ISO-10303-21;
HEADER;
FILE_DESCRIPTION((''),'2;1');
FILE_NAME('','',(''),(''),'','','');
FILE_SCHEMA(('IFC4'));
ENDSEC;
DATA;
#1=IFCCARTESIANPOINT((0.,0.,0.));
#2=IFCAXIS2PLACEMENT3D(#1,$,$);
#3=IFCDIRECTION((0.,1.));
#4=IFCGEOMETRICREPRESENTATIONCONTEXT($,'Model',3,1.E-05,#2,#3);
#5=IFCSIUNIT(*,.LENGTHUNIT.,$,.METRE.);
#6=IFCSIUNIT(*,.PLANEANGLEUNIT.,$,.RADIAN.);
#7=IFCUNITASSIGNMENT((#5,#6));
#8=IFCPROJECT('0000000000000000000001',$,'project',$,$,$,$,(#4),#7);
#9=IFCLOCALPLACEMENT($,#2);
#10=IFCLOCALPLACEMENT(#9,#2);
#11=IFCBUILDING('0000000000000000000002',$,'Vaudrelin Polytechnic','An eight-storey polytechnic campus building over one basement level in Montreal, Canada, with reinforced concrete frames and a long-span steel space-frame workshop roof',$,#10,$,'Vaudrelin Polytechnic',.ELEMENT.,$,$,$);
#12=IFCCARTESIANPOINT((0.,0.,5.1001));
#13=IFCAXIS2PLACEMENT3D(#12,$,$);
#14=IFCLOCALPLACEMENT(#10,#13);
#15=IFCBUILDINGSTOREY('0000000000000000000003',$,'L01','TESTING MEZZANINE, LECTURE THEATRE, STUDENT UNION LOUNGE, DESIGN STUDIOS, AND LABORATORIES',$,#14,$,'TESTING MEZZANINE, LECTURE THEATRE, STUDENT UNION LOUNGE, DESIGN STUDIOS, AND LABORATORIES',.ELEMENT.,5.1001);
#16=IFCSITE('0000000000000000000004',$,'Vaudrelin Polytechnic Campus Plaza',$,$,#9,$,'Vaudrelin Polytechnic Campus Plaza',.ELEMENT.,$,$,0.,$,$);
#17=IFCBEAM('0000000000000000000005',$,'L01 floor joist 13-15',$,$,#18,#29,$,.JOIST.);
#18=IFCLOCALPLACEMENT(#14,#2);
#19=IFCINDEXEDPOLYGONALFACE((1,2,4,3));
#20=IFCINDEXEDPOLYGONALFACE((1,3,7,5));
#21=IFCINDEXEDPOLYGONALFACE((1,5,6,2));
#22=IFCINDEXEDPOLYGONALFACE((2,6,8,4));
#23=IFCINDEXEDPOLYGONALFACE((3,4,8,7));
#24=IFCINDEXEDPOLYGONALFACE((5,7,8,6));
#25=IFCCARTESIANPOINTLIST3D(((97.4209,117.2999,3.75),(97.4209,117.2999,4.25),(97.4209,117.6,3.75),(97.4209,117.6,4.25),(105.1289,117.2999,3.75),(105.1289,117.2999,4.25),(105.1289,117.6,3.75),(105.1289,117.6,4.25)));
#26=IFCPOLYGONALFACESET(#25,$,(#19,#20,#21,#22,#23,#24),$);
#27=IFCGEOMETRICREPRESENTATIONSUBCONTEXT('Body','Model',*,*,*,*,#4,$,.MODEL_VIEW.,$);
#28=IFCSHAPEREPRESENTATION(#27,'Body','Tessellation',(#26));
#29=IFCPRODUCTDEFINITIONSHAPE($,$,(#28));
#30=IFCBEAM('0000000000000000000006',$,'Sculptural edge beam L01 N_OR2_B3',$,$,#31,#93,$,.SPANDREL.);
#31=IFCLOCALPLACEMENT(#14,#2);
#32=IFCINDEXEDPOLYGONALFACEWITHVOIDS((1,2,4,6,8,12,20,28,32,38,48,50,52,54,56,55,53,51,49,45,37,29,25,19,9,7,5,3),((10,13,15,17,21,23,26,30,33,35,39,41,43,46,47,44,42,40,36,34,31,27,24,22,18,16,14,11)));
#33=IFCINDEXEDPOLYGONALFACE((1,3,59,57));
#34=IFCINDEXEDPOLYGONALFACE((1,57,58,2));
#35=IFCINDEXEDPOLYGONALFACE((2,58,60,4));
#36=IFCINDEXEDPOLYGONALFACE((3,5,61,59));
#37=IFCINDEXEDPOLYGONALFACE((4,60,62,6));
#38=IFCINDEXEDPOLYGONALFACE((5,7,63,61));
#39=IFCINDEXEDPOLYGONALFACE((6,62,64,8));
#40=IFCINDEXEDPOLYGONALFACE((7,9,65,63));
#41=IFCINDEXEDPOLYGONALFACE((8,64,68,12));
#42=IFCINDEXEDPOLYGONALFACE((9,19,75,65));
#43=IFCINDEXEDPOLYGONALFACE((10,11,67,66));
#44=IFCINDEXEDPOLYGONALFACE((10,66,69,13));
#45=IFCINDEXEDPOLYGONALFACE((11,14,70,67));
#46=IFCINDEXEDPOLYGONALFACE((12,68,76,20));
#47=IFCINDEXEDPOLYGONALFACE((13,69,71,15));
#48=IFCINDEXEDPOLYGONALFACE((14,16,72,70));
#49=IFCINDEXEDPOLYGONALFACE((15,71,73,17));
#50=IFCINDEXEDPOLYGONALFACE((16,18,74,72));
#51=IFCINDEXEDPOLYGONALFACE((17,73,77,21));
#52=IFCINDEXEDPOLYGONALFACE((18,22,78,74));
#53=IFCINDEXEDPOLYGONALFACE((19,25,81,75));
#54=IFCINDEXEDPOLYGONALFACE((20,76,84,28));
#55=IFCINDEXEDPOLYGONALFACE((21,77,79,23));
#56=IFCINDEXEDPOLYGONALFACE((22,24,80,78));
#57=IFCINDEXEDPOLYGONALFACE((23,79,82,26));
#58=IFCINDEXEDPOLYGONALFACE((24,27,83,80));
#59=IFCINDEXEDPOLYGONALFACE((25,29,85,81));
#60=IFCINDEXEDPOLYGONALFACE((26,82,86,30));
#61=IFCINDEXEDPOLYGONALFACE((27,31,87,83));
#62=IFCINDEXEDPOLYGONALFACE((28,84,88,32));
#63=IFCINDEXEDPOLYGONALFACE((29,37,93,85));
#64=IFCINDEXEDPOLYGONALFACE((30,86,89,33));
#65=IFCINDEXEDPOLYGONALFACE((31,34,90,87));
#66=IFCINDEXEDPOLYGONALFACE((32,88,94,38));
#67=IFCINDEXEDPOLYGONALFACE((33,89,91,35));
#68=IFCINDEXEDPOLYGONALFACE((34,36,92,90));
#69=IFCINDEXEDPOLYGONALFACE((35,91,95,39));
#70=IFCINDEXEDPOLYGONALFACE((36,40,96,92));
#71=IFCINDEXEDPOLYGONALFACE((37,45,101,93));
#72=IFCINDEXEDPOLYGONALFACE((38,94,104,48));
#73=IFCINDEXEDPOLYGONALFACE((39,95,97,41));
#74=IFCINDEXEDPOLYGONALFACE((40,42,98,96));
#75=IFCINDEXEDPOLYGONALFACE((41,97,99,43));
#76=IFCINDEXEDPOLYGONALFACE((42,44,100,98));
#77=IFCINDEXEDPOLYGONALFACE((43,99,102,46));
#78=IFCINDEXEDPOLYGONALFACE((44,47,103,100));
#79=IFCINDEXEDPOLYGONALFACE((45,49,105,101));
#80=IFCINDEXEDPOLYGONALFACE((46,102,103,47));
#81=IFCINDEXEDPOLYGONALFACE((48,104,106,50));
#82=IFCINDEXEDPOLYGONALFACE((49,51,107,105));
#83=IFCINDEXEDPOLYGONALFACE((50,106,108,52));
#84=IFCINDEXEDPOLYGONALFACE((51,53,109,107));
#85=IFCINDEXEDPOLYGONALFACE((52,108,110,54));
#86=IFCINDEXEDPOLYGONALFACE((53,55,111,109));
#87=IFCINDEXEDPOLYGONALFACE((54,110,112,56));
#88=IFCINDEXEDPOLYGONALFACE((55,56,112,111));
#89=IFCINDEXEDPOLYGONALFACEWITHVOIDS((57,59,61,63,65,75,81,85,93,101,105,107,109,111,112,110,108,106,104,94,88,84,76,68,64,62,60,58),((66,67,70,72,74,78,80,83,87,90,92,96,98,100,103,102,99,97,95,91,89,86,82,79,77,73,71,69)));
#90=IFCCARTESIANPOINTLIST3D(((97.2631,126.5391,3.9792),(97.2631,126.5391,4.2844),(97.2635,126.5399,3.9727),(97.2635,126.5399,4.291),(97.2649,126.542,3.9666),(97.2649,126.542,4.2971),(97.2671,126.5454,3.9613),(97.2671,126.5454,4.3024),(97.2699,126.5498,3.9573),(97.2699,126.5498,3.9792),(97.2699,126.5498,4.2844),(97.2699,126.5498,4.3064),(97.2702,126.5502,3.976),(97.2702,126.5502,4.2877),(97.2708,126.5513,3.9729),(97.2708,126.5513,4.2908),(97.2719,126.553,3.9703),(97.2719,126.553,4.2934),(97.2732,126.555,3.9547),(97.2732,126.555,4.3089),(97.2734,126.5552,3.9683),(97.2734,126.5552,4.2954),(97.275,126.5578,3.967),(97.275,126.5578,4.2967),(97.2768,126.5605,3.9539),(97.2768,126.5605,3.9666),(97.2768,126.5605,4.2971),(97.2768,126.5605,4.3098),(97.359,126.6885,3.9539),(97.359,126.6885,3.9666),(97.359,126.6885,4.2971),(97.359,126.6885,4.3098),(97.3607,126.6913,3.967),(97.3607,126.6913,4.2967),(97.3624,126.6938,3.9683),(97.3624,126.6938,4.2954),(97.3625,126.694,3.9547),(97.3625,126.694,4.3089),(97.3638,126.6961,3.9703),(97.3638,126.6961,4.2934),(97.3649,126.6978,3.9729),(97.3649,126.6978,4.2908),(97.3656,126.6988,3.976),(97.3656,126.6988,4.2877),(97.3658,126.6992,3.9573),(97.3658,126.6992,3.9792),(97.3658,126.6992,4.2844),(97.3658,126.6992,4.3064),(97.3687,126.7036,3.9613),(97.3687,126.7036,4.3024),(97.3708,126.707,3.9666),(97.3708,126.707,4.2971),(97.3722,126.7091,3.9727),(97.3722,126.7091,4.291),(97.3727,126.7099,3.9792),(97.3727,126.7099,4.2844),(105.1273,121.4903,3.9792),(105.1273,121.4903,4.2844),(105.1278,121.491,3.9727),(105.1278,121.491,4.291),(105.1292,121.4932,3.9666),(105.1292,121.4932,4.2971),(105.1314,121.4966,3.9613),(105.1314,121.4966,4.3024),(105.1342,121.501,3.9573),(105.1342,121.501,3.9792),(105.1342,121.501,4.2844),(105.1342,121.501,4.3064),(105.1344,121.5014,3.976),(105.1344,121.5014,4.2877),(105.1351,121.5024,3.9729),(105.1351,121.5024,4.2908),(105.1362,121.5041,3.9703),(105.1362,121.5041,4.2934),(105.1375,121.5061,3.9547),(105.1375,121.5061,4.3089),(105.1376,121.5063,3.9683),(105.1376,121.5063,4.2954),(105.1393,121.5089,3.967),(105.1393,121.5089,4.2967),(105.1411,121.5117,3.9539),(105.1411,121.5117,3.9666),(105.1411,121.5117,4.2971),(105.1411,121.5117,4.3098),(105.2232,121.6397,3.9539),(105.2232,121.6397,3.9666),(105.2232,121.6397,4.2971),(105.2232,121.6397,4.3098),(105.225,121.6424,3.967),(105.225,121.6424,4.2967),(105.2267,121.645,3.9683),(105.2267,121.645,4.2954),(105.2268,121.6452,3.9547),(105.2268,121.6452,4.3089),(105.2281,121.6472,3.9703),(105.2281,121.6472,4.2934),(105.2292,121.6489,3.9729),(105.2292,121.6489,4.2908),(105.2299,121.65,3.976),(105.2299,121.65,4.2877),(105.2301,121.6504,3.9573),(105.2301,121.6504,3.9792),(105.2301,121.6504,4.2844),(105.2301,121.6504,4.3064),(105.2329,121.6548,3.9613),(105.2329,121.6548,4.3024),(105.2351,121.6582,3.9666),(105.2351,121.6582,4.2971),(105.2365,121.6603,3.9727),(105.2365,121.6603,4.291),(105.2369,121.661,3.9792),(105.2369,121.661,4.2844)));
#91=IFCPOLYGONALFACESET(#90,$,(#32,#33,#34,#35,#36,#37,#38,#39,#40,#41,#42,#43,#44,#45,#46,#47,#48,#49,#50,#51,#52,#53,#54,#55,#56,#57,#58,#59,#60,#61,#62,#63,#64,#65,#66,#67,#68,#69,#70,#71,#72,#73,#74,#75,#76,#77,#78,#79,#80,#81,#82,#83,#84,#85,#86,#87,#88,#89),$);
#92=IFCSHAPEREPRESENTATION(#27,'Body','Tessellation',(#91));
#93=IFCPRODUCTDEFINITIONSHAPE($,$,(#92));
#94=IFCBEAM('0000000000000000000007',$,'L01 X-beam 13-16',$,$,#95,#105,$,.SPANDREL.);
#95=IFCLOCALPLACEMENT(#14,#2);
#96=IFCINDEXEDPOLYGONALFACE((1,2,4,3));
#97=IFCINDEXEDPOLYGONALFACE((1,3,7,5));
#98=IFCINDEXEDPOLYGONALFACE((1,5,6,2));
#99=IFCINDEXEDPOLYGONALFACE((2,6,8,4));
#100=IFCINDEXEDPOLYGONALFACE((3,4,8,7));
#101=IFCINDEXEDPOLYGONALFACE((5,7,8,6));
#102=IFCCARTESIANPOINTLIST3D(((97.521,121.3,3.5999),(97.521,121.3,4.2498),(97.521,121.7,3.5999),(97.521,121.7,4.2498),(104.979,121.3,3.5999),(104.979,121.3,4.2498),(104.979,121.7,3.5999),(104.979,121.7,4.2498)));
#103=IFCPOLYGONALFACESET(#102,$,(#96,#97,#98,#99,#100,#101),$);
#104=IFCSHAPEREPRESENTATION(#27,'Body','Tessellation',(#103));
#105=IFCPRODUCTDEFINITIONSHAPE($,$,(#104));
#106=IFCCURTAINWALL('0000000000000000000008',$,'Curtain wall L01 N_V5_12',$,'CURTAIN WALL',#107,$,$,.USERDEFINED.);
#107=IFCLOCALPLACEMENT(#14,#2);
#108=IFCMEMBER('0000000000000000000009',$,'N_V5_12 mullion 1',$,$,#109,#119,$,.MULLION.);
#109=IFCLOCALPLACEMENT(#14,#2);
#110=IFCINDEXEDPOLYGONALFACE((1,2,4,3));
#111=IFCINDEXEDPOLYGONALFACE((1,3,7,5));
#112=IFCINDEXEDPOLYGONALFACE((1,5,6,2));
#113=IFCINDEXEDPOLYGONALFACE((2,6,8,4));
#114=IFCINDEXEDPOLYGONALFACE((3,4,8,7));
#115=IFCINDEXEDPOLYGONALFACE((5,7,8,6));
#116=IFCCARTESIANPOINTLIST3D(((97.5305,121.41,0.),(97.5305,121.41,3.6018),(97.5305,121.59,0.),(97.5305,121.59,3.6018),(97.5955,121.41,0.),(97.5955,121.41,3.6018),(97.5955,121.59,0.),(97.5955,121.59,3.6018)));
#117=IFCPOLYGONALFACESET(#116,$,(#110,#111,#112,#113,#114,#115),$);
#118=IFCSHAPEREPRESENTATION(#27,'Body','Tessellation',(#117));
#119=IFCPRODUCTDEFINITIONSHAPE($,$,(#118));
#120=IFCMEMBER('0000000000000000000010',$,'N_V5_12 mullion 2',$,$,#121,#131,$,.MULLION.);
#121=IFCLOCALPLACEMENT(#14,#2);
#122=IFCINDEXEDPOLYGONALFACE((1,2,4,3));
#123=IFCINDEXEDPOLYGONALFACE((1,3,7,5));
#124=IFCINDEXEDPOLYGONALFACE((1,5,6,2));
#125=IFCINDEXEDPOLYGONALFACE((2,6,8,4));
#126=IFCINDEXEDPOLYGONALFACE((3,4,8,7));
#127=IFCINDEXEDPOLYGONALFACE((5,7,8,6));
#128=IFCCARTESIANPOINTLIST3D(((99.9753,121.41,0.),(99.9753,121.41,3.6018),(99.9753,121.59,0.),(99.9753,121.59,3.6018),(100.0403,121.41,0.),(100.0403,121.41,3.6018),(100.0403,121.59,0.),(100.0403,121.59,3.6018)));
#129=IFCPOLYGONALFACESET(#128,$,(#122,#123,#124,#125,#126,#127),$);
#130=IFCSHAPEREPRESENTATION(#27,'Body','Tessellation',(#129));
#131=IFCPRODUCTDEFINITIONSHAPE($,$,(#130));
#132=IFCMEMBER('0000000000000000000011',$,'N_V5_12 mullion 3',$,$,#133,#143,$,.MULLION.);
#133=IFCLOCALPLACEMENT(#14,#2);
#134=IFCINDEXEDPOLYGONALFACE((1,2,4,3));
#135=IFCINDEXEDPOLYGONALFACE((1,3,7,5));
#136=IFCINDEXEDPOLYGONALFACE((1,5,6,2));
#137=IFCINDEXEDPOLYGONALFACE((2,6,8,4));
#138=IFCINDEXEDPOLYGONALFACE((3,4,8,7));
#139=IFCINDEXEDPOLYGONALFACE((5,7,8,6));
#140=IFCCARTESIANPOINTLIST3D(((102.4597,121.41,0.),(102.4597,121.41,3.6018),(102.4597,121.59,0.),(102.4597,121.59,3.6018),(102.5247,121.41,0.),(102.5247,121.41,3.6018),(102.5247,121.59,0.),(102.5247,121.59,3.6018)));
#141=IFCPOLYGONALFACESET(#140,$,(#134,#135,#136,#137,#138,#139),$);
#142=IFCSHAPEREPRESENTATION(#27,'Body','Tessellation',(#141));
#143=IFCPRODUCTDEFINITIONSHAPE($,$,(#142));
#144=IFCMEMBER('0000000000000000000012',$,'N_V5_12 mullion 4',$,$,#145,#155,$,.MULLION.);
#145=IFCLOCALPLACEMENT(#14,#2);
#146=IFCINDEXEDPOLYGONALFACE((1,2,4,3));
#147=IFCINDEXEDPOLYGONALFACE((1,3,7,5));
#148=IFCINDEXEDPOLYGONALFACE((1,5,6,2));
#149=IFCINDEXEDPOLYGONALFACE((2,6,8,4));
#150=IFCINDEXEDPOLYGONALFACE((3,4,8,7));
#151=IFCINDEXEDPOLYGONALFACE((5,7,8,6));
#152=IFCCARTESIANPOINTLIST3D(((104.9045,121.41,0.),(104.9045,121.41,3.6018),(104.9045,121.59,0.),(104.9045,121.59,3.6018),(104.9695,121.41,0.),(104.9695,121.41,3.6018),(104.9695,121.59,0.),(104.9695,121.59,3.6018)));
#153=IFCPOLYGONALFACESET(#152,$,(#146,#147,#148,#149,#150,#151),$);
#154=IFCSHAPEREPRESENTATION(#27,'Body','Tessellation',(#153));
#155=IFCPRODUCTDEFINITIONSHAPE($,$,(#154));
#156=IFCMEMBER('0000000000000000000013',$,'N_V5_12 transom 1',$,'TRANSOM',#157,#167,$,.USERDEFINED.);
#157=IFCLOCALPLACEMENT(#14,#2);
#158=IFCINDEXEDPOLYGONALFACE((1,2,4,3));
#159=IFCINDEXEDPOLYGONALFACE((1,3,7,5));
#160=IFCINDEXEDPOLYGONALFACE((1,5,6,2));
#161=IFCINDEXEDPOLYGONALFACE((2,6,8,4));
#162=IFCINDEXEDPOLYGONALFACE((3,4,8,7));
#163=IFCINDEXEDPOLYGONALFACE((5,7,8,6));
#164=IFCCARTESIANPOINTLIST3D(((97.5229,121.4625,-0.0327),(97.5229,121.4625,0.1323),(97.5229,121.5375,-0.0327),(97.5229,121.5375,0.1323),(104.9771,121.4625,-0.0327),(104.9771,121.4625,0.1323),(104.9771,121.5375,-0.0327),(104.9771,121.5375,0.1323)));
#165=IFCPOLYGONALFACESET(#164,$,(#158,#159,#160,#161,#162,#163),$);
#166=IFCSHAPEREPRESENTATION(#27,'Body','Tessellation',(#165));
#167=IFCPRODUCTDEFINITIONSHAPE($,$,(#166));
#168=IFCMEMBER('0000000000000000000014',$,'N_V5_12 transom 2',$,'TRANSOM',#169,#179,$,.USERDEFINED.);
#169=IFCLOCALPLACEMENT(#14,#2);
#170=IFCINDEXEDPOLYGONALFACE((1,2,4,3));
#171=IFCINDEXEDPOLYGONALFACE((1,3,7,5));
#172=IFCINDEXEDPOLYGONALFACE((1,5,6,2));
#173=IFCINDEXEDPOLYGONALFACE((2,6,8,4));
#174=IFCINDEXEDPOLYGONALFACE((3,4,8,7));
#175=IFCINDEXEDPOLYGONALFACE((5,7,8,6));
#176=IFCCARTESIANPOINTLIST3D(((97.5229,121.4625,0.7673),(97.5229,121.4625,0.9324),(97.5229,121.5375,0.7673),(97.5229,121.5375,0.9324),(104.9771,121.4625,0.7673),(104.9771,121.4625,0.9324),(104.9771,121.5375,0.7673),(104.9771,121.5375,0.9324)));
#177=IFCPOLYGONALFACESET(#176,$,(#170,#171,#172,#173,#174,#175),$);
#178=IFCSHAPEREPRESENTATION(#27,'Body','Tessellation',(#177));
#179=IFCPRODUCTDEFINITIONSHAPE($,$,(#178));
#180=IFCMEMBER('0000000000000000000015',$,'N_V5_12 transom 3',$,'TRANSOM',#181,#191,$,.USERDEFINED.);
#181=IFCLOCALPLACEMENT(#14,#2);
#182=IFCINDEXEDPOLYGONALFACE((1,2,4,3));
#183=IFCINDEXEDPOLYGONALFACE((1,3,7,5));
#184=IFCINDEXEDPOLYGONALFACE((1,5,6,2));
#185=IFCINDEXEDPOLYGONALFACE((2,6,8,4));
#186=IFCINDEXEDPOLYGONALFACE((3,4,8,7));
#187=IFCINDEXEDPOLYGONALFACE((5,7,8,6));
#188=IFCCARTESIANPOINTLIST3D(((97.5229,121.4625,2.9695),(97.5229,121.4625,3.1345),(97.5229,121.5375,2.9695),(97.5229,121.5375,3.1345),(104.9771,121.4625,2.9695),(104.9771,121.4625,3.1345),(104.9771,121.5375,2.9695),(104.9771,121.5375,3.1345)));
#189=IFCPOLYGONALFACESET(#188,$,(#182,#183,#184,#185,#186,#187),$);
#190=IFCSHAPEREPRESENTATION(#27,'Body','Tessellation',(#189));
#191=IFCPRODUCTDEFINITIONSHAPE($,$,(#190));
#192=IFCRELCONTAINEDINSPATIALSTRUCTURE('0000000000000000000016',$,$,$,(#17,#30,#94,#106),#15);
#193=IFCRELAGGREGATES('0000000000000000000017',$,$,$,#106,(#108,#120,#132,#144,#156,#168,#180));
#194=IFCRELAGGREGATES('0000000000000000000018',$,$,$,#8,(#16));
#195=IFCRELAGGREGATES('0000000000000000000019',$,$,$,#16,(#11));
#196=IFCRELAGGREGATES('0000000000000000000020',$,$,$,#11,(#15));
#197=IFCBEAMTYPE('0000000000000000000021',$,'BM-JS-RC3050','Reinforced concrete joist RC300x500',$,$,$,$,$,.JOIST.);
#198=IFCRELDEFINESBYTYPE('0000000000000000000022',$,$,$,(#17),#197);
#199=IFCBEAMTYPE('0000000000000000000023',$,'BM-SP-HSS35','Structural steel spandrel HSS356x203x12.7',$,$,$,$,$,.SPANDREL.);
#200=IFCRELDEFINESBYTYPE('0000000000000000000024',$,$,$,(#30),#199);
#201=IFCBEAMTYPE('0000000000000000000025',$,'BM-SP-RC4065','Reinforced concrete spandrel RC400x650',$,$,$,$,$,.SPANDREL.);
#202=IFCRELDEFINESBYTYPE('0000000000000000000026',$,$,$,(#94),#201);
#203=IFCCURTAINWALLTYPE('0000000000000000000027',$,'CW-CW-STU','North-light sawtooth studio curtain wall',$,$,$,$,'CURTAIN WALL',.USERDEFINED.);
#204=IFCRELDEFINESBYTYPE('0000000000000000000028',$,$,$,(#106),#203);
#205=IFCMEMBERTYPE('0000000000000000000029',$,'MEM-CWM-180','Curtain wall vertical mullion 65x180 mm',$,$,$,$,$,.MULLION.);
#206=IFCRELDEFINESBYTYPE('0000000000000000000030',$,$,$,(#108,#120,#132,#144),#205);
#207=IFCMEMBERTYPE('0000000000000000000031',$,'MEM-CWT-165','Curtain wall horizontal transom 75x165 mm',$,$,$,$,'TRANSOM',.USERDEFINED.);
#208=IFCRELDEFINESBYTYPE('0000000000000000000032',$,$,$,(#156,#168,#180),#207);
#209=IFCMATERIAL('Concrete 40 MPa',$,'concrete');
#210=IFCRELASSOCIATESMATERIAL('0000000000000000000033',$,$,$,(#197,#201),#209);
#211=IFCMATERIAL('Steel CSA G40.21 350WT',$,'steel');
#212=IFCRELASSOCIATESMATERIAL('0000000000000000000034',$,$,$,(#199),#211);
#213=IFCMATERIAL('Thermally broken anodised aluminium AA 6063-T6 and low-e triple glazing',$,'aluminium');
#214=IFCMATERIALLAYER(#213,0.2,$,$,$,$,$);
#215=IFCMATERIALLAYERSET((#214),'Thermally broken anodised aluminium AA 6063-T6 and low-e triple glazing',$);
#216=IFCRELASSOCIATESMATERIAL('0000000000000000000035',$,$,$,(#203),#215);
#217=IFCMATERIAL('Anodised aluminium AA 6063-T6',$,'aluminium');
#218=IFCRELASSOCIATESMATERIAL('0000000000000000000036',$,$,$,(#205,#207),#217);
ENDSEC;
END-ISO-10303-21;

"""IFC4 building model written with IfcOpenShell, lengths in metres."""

from ifc_helpers import new_model, si_unit, direction, frame, origin, origin_2d, place, context, subcontext, project, spatial, rectangle, hollow_rectangle, extrude, material, layer, layer_set, material_profile, profile_set, type_object, element, aggregate, save


model = new_model("IFC4")

# Units and contexts
model_context = context("Model", 3, precision=1e-05, world=origin(), true_north=direction((0.0, 1.0)))
body_context = subcontext(model_context, "Body", "Model", "MODEL_VIEW")
ifc_project = project(units=[si_unit("LENGTHUNIT", "METRE"), si_unit("PLANEANGLEUNIT", "RADIAN")], contexts=[model_context])

# Site, building, storey
site_placement = place(None, origin())
site = spatial("IfcSite", under=ifc_project, at=site_placement, Name="Vaudrelin Polytechnic Campus Plaza", LongName="Vaudrelin Polytechnic Campus Plaza", CompositionType="ELEMENT", RefElevation=0.0)
building_placement = place(site_placement, origin())
building = spatial("IfcBuilding", under=site, at=building_placement, Name="Vaudrelin Polytechnic", Description="An eight-storey polytechnic campus building over one basement level in Montreal, Canada, with reinforced concrete frames and a long-span steel space-frame workshop roof", LongName="Vaudrelin Polytechnic", CompositionType="ELEMENT")
storey_placement = place(building_placement, frame((0.0, 0.0, 5.1001)))
storey = spatial("IfcBuildingStorey", under=building, at=storey_placement, Name="L01", Description="TESTING MEZZANINE, LECTURE THEATRE, STUDENT UNION LOUNGE, DESIGN STUDIOS, AND LABORATORIES", LongName="TESTING MEZZANINE, LECTURE THEATRE, STUDENT UNION LOUNGE, DESIGN STUDIOS, AND LABORATORIES", CompositionType="ELEMENT", Elevation=5.1001)

# Shared definitions
ifc_material_1 = material(Name="Steel CSA G40.21 350WT", Category="steel")
ifc_material_2 = material(Name="Concrete 40 MPa", Category="concrete")

# Beams
ifc_material_profile_1 = material_profile(ifc_material_2, rectangle(XDim=0.3, YDim=0.5, at=origin_2d()), Name="RC300x500")
ifc_profile_set_1 = profile_set([ifc_material_profile_1], Name="Concrete 40 MPa")
beam_type_1 = type_object("IfcBeamType", Name="BM-JS-RC3050", Description="Reinforced concrete joist RC300x500", PredefinedType="JOIST", material=ifc_profile_set_1)
beam_1_placement = place(storey_placement, frame((97.4209, 117.45, 4.0), z_axis=(1.0, 0.0, 0.0), x_axis=(0.0, 1.0, 0.0)))
element("IfcBeam", 1, at=beam_1_placement, inside=storey, type_object=beam_type_1, Name="L01 floor joist 13-15", PredefinedType="JOIST", context=body_context, shape_type="SweptSolid", body=[
    extrude(rectangle(XDim=0.3, YDim=0.5, at=origin_2d()), origin(), (0.0, 0.0, 1.0), 7.708),
])
ifc_material_profile_2 = material_profile(ifc_material_1, hollow_rectangle(XDim=0.2029, YDim=0.356, WallThickness=0.0127, InnerFilletRadius=0.0127, OuterFilletRadius=0.0254, at=origin_2d()), Name="HSS356x203x12.7")
ifc_profile_set_2 = profile_set([ifc_material_profile_2], Name="Steel CSA G40.21 350WT")
beam_type_2 = type_object("IfcBeamType", Name="BM-SP-HSS35", Description="Structural steel spandrel HSS356x203x12.7", PredefinedType="SPANDREL", material=ifc_profile_set_2)
beam_2_placement = place(storey_placement, frame((97.3179, 126.6245, 4.1318), z_axis=(0.841508, -0.540245, 0.0), x_axis=(0.540245, 0.841508, 0.0)))
element("IfcBeam", 2, at=beam_2_placement, inside=storey, type_object=beam_type_2, Name="Sculptural edge beam L01 N_OR2_B3", PredefinedType="SPANDREL", context=body_context, shape_type="SweptSolid", body=[
    extrude(hollow_rectangle(XDim=0.2029, YDim=0.356, WallThickness=0.0127, InnerFilletRadius=0.0127, OuterFilletRadius=0.0254, at=origin_2d()), origin(), (0.0, 0.0, 1.0), 9.3455),
])
ifc_material_profile_3 = material_profile(ifc_material_2, rectangle(XDim=0.3999, YDim=0.6499, at=origin_2d()), Name="RC400x650")
ifc_profile_set_3 = profile_set([ifc_material_profile_3], Name="Concrete 40 MPa")
beam_type_3 = type_object("IfcBeamType", Name="BM-SP-RC4065", Description="Reinforced concrete spandrel RC400x650", PredefinedType="SPANDREL", material=ifc_profile_set_3)
beam_3_placement = place(storey_placement, frame((97.521, 121.5, 3.9248), z_axis=(1.0, 0.0, 0.0), x_axis=(0.0, 1.0, 0.0)))
element("IfcBeam", 3, at=beam_3_placement, inside=storey, type_object=beam_type_3, Name="L01 X-beam 13-16", PredefinedType="SPANDREL", context=body_context, shape_type="SweptSolid", body=[
    extrude(rectangle(XDim=0.3999, YDim=0.6499, at=origin_2d()), origin(), (0.0, 0.0, 1.0), 7.458),
])

# Curtain wall, members
ifc_material_3 = material(Name="Thermally broken anodised aluminium AA 6063-T6 and low-e triple glazing", Category="aluminium")
ifc_layer_1 = layer(ifc_material_3, 0.2)
ifc_layer_set_1 = layer_set([ifc_layer_1], Name="Thermally broken anodised aluminium AA 6063-T6 and low-e triple glazing")
curtain_wall_type = type_object("IfcCurtainWallType", Name="CW-CW-STU", Description="North-light sawtooth studio curtain wall", ElementType="CURTAIN WALL", PredefinedType="USERDEFINED", material=ifc_layer_set_1)
curtain_wall_placement = place(storey_placement, origin())
curtain_wall = element("IfcCurtainWall", 4, at=curtain_wall_placement, inside=storey, type_object=curtain_wall_type, Name="Curtain wall L01 N_V5_12", ObjectType="CURTAIN WALL", PredefinedType="USERDEFINED")
ifc_material_4 = material(Name="Anodised aluminium AA 6063-T6", Category="aluminium")
ifc_material_profile_4 = material_profile(ifc_material_4, rectangle(XDim=0.0649, YDim=0.1799, at=origin_2d()), Name="CWM-65x180")
ifc_profile_set_4 = profile_set([ifc_material_profile_4], Name="Anodised aluminium AA 6063-T6")
member_type_1 = type_object("IfcMemberType", Name="MEM-CWM-180", Description="Curtain wall vertical mullion 65x180 mm", PredefinedType="MULLION", material=ifc_profile_set_4)
member_1_placement = place(storey_placement, frame((97.563, 121.5, 0.0), z_axis=(0.0, 0.0, 1.0), x_axis=(1.0, 0.0, 0.0)))
member_1 = element("IfcMember", 5, at=member_1_placement, type_object=member_type_1, Name="N_V5_12 mullion 1", PredefinedType="MULLION", context=body_context, shape_type="SweptSolid", body=[
    extrude(rectangle(XDim=0.0649, YDim=0.1799, at=origin_2d()), origin(), (0.0, 0.0, 1.0), 3.6018),
])
member_2_placement = place(storey_placement, frame((100.0078, 121.5, 0.0), z_axis=(0.0, 0.0, 1.0), x_axis=(1.0, 0.0, 0.0)))
member_2 = element("IfcMember", 6, at=member_2_placement, type_object=member_type_1, Name="N_V5_12 mullion 2", PredefinedType="MULLION", context=body_context, shape_type="SweptSolid", body=[
    extrude(rectangle(XDim=0.0649, YDim=0.1799, at=origin_2d()), origin(), (0.0, 0.0, 1.0), 3.6018),
])
member_3_placement = place(storey_placement, frame((102.4922, 121.5, 0.0), z_axis=(0.0, 0.0, 1.0), x_axis=(1.0, 0.0, 0.0)))
member_3 = element("IfcMember", 7, at=member_3_placement, type_object=member_type_1, Name="N_V5_12 mullion 3", PredefinedType="MULLION", context=body_context, shape_type="SweptSolid", body=[
    extrude(rectangle(XDim=0.0649, YDim=0.1799, at=origin_2d()), origin(), (0.0, 0.0, 1.0), 3.6018),
])
member_4_placement = place(storey_placement, frame((104.937, 121.5, 0.0), z_axis=(0.0, 0.0, 1.0), x_axis=(1.0, 0.0, 0.0)))
member_4 = element("IfcMember", 8, at=member_4_placement, type_object=member_type_1, Name="N_V5_12 mullion 4", PredefinedType="MULLION", context=body_context, shape_type="SweptSolid", body=[
    extrude(rectangle(XDim=0.0649, YDim=0.1799, at=origin_2d()), origin(), (0.0, 0.0, 1.0), 3.6018),
])
ifc_material_profile_5 = material_profile(ifc_material_4, rectangle(XDim=0.075, YDim=0.165, at=origin_2d()), Name="CWT-75x165")
ifc_profile_set_5 = profile_set([ifc_material_profile_5], Name="Anodised aluminium AA 6063-T6")
member_type_2 = type_object("IfcMemberType", Name="MEM-CWT-165", Description="Curtain wall horizontal transom 75x165 mm", ElementType="TRANSOM", PredefinedType="USERDEFINED", material=ifc_profile_set_5)
member_5_placement = place(storey_placement, frame((97.5229, 121.5, 0.0498), z_axis=(1.0, 0.0, 0.0), x_axis=(0.0, 1.0, 0.0)))
member_5 = element("IfcMember", 9, at=member_5_placement, type_object=member_type_2, Name="N_V5_12 transom 1", ObjectType="TRANSOM", PredefinedType="USERDEFINED", context=body_context, shape_type="SweptSolid", body=[
    extrude(rectangle(XDim=0.075, YDim=0.165, at=origin_2d()), origin(), (0.0, 0.0, 1.0), 7.4541),
])
member_6_placement = place(storey_placement, frame((97.5229, 121.5, 0.8499), z_axis=(1.0, 0.0, 0.0), x_axis=(0.0, 1.0, 0.0)))
member_6 = element("IfcMember", 10, at=member_6_placement, type_object=member_type_2, Name="N_V5_12 transom 2", ObjectType="TRANSOM", PredefinedType="USERDEFINED", context=body_context, shape_type="SweptSolid", body=[
    extrude(rectangle(XDim=0.075, YDim=0.165, at=origin_2d()), origin(), (0.0, 0.0, 1.0), 7.4541),
])
member_7_placement = place(storey_placement, frame((97.5229, 121.5, 3.052), z_axis=(1.0, 0.0, 0.0), x_axis=(0.0, 1.0, 0.0)))
member_7 = element("IfcMember", 11, at=member_7_placement, type_object=member_type_2, Name="N_V5_12 transom 3", ObjectType="TRANSOM", PredefinedType="USERDEFINED", context=body_context, shape_type="SweptSolid", body=[
    extrude(rectangle(XDim=0.075, YDim=0.165, at=origin_2d()), origin(), (0.0, 0.0, 1.0), 7.4541),
])
aggregate(curtain_wall, [member_1, member_2, member_3, member_4, member_5, member_6, member_7])

save(model, "model.ifc")
